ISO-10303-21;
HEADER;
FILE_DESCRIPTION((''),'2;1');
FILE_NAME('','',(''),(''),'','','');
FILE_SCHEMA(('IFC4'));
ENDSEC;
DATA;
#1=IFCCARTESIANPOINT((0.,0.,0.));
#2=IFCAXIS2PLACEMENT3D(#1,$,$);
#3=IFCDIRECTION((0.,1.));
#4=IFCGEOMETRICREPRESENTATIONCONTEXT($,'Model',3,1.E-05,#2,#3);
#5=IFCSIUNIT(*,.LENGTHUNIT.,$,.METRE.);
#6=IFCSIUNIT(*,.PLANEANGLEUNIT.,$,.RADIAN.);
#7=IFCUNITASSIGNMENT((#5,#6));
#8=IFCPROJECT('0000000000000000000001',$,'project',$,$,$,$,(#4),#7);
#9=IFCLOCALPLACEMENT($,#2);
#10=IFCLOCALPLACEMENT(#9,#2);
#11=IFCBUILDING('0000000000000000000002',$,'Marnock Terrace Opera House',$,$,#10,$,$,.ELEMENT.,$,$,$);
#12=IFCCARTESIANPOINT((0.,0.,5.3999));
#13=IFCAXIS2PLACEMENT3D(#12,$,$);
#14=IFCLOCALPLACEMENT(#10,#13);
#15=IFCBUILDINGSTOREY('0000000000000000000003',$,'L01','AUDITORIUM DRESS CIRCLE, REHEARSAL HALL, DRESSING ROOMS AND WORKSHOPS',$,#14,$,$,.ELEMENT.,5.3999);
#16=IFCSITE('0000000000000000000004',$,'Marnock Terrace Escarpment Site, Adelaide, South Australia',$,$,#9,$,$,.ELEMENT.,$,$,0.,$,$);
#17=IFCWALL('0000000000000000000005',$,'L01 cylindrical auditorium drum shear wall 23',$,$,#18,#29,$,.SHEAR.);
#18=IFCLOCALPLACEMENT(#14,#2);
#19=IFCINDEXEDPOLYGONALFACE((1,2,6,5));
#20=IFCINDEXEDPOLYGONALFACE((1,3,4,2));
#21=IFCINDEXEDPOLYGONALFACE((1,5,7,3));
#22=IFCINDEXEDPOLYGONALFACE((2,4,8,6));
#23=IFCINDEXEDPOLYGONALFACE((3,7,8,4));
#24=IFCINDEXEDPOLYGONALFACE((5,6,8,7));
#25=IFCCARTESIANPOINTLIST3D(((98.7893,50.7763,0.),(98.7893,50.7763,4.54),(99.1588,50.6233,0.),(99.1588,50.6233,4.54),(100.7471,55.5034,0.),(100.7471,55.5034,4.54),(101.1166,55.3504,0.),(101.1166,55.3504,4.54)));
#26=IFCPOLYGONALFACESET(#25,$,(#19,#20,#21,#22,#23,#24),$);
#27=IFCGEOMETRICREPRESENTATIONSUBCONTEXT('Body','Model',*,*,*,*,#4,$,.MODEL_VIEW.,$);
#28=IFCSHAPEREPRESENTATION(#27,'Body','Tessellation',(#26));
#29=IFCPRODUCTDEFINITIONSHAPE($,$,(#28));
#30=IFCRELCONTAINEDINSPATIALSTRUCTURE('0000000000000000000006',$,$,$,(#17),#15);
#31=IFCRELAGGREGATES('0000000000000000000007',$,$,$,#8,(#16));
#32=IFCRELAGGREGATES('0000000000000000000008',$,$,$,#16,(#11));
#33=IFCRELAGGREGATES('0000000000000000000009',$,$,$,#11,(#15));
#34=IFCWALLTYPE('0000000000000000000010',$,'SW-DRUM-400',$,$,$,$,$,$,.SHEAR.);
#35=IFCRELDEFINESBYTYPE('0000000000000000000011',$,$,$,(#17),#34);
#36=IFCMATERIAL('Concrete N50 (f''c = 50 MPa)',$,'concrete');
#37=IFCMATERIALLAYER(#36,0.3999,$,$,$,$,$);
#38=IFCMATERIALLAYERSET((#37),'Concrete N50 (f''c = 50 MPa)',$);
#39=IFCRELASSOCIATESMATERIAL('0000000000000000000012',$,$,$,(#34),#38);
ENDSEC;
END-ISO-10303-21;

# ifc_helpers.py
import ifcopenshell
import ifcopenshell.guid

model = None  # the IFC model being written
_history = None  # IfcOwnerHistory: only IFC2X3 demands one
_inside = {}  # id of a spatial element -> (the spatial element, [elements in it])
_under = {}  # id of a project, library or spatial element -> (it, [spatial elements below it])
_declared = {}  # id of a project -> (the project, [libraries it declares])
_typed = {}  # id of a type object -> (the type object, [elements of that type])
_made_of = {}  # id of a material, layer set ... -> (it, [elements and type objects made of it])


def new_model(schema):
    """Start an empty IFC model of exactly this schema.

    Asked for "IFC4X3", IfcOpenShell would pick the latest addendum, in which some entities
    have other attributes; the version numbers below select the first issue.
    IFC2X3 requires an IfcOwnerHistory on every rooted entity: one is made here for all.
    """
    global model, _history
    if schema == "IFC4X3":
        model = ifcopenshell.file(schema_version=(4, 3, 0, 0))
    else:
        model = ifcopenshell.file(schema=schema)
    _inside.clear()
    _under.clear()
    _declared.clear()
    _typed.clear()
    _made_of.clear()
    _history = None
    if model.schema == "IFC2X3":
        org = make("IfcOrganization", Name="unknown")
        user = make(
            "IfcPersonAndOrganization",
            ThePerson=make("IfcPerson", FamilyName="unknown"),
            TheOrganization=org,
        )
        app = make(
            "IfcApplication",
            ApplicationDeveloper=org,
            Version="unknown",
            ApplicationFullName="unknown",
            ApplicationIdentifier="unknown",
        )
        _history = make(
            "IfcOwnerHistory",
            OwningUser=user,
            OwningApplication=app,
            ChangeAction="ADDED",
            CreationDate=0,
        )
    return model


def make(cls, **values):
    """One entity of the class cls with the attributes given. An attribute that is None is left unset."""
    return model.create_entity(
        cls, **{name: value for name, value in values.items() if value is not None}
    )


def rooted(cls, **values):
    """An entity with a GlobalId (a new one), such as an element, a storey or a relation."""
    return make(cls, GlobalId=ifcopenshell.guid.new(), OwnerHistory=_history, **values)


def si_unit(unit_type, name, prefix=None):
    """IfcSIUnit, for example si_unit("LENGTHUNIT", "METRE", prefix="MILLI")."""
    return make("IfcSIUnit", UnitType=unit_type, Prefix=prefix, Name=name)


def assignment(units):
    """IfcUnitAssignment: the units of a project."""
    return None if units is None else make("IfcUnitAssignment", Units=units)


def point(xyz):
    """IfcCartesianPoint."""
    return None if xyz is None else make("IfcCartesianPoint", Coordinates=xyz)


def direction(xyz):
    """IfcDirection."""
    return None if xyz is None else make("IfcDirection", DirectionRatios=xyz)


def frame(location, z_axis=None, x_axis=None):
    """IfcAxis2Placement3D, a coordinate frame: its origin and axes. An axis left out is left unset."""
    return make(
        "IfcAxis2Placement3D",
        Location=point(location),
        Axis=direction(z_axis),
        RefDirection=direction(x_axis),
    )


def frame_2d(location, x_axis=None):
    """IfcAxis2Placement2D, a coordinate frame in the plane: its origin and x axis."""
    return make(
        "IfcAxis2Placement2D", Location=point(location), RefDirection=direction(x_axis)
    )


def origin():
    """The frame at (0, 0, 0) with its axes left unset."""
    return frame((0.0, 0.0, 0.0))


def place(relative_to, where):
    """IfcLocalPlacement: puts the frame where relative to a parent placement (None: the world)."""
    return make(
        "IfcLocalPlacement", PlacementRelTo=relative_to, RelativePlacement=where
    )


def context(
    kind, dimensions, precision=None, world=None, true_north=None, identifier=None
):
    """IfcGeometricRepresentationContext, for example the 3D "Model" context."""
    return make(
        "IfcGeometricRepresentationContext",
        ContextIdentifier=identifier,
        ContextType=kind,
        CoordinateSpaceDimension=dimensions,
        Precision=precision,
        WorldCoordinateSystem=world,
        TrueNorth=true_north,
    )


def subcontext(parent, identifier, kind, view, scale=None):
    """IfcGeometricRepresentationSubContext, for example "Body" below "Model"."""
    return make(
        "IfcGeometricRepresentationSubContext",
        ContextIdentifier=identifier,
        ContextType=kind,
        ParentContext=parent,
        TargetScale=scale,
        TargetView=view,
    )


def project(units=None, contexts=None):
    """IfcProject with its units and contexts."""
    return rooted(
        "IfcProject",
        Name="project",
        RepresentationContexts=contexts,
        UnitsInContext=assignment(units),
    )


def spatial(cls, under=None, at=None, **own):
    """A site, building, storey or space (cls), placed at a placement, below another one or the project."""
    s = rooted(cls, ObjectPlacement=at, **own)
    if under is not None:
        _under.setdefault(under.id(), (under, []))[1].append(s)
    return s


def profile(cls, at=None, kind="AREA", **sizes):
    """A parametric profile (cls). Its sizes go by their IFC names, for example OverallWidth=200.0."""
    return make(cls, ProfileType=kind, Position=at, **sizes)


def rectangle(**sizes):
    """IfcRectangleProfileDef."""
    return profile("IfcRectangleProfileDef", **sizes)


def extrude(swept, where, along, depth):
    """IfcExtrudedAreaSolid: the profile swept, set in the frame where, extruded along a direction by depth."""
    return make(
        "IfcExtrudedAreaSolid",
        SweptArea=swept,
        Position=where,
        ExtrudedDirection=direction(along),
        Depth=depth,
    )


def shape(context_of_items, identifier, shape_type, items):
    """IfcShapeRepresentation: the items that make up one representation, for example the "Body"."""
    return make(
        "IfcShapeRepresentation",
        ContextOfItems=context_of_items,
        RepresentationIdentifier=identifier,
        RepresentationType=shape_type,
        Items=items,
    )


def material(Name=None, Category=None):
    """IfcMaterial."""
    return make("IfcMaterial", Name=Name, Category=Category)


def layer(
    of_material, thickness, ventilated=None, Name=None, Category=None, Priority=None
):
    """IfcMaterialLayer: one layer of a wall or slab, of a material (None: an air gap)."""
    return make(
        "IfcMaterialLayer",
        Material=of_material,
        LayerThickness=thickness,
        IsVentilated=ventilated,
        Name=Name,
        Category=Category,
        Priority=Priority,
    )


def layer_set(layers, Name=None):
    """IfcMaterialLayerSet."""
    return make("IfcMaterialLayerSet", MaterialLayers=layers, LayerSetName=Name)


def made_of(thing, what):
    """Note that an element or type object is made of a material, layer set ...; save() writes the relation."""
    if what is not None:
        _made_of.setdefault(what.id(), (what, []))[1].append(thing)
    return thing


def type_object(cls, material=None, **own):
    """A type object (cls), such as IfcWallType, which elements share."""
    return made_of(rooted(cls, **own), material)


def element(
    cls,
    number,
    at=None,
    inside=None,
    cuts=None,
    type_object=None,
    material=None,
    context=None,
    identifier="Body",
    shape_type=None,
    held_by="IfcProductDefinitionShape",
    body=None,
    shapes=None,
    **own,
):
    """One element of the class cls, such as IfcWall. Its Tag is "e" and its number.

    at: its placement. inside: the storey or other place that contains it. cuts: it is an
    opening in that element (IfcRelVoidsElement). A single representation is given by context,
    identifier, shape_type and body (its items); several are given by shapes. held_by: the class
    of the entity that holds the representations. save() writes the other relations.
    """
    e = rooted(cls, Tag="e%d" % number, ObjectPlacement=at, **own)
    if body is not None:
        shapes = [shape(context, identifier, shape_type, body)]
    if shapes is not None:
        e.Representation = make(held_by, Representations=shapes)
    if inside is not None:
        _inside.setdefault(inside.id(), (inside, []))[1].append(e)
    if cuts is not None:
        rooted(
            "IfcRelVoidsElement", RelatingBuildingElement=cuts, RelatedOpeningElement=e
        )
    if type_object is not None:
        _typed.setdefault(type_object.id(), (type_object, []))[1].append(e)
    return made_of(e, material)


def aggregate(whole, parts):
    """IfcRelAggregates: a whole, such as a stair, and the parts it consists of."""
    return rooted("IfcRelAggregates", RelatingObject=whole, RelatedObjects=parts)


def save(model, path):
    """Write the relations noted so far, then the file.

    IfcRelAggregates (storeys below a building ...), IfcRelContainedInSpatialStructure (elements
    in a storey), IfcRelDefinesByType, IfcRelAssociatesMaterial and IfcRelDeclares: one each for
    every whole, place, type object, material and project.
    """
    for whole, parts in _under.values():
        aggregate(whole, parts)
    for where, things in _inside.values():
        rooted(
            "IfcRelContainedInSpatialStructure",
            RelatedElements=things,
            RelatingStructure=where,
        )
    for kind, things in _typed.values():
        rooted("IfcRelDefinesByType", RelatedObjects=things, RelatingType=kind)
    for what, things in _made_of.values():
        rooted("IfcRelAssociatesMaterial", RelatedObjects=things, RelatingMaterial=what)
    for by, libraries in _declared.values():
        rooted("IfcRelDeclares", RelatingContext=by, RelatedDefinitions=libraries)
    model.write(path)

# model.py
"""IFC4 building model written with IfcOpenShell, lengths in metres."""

from ifc_helpers import new_model, si_unit, direction, frame, frame_2d, origin, place, context, subcontext, project, spatial, rectangle, extrude, material, layer, layer_set, type_object, element, save


model = new_model("IFC4")

# Units and contexts
model_context = context("Model", 3, precision=1e-05, world=origin(), true_north=direction((0.0, 1.0)))
body_context = subcontext(model_context, "Body", "Model", "MODEL_VIEW")
ifc_project = project(units=[si_unit("LENGTHUNIT", "METRE"), si_unit("PLANEANGLEUNIT", "RADIAN")], contexts=[model_context])

# Site, building, storey
site_placement = place(None, origin())
site = spatial("IfcSite", under=ifc_project, at=site_placement, Name="Marnock Terrace Escarpment Site, Adelaide, South Australia", CompositionType="ELEMENT", RefElevation=0.0)
building_placement = place(site_placement, origin())
building = spatial("IfcBuilding", under=site, at=building_placement, Name="Marnock Terrace Opera House", CompositionType="ELEMENT")
storey_placement = place(building_placement, frame((0.0, 0.0, 5.3999)))
storey = spatial("IfcBuildingStorey", under=building, at=storey_placement, Name="L01", Description="AUDITORIUM DRESS CIRCLE, REHEARSAL HALL, DRESSING ROOMS AND WORKSHOPS", CompositionType="ELEMENT", Elevation=5.3999)

# Shared definitions
ifc_material_1 = material(Name="Concrete N50 (f'c = 50 MPa)", Category="concrete")

# Wall
ifc_layer_1 = layer(ifc_material_1, 0.3999)
ifc_layer_set_1 = layer_set([ifc_layer_1], Name="Concrete N50 (f'c = 50 MPa)")
wall_type = type_object("IfcWallType", Name="SW-DRUM-400", PredefinedType="SHEAR", material=ifc_layer_set_1)
wall_placement = place(storey_placement, frame((98.9741, 50.7, 0.0), z_axis=(0.0, 0.0, 1.0), x_axis=(0.382643, 0.923896, 0.0)))
element("IfcWall", 1, at=wall_placement, inside=storey, type_object=wall_type, Name="L01 cylindrical auditorium drum shear wall 23", PredefinedType="SHEAR", context=body_context, shape_type="SweptSolid", body=[
    extrude(rectangle(XDim=5.1165, YDim=0.3999, at=frame_2d((2.5581, 0.0))), origin(), (0.0, 0.0, 1.0), 4.54),
])

save(model, "model.ifc")
